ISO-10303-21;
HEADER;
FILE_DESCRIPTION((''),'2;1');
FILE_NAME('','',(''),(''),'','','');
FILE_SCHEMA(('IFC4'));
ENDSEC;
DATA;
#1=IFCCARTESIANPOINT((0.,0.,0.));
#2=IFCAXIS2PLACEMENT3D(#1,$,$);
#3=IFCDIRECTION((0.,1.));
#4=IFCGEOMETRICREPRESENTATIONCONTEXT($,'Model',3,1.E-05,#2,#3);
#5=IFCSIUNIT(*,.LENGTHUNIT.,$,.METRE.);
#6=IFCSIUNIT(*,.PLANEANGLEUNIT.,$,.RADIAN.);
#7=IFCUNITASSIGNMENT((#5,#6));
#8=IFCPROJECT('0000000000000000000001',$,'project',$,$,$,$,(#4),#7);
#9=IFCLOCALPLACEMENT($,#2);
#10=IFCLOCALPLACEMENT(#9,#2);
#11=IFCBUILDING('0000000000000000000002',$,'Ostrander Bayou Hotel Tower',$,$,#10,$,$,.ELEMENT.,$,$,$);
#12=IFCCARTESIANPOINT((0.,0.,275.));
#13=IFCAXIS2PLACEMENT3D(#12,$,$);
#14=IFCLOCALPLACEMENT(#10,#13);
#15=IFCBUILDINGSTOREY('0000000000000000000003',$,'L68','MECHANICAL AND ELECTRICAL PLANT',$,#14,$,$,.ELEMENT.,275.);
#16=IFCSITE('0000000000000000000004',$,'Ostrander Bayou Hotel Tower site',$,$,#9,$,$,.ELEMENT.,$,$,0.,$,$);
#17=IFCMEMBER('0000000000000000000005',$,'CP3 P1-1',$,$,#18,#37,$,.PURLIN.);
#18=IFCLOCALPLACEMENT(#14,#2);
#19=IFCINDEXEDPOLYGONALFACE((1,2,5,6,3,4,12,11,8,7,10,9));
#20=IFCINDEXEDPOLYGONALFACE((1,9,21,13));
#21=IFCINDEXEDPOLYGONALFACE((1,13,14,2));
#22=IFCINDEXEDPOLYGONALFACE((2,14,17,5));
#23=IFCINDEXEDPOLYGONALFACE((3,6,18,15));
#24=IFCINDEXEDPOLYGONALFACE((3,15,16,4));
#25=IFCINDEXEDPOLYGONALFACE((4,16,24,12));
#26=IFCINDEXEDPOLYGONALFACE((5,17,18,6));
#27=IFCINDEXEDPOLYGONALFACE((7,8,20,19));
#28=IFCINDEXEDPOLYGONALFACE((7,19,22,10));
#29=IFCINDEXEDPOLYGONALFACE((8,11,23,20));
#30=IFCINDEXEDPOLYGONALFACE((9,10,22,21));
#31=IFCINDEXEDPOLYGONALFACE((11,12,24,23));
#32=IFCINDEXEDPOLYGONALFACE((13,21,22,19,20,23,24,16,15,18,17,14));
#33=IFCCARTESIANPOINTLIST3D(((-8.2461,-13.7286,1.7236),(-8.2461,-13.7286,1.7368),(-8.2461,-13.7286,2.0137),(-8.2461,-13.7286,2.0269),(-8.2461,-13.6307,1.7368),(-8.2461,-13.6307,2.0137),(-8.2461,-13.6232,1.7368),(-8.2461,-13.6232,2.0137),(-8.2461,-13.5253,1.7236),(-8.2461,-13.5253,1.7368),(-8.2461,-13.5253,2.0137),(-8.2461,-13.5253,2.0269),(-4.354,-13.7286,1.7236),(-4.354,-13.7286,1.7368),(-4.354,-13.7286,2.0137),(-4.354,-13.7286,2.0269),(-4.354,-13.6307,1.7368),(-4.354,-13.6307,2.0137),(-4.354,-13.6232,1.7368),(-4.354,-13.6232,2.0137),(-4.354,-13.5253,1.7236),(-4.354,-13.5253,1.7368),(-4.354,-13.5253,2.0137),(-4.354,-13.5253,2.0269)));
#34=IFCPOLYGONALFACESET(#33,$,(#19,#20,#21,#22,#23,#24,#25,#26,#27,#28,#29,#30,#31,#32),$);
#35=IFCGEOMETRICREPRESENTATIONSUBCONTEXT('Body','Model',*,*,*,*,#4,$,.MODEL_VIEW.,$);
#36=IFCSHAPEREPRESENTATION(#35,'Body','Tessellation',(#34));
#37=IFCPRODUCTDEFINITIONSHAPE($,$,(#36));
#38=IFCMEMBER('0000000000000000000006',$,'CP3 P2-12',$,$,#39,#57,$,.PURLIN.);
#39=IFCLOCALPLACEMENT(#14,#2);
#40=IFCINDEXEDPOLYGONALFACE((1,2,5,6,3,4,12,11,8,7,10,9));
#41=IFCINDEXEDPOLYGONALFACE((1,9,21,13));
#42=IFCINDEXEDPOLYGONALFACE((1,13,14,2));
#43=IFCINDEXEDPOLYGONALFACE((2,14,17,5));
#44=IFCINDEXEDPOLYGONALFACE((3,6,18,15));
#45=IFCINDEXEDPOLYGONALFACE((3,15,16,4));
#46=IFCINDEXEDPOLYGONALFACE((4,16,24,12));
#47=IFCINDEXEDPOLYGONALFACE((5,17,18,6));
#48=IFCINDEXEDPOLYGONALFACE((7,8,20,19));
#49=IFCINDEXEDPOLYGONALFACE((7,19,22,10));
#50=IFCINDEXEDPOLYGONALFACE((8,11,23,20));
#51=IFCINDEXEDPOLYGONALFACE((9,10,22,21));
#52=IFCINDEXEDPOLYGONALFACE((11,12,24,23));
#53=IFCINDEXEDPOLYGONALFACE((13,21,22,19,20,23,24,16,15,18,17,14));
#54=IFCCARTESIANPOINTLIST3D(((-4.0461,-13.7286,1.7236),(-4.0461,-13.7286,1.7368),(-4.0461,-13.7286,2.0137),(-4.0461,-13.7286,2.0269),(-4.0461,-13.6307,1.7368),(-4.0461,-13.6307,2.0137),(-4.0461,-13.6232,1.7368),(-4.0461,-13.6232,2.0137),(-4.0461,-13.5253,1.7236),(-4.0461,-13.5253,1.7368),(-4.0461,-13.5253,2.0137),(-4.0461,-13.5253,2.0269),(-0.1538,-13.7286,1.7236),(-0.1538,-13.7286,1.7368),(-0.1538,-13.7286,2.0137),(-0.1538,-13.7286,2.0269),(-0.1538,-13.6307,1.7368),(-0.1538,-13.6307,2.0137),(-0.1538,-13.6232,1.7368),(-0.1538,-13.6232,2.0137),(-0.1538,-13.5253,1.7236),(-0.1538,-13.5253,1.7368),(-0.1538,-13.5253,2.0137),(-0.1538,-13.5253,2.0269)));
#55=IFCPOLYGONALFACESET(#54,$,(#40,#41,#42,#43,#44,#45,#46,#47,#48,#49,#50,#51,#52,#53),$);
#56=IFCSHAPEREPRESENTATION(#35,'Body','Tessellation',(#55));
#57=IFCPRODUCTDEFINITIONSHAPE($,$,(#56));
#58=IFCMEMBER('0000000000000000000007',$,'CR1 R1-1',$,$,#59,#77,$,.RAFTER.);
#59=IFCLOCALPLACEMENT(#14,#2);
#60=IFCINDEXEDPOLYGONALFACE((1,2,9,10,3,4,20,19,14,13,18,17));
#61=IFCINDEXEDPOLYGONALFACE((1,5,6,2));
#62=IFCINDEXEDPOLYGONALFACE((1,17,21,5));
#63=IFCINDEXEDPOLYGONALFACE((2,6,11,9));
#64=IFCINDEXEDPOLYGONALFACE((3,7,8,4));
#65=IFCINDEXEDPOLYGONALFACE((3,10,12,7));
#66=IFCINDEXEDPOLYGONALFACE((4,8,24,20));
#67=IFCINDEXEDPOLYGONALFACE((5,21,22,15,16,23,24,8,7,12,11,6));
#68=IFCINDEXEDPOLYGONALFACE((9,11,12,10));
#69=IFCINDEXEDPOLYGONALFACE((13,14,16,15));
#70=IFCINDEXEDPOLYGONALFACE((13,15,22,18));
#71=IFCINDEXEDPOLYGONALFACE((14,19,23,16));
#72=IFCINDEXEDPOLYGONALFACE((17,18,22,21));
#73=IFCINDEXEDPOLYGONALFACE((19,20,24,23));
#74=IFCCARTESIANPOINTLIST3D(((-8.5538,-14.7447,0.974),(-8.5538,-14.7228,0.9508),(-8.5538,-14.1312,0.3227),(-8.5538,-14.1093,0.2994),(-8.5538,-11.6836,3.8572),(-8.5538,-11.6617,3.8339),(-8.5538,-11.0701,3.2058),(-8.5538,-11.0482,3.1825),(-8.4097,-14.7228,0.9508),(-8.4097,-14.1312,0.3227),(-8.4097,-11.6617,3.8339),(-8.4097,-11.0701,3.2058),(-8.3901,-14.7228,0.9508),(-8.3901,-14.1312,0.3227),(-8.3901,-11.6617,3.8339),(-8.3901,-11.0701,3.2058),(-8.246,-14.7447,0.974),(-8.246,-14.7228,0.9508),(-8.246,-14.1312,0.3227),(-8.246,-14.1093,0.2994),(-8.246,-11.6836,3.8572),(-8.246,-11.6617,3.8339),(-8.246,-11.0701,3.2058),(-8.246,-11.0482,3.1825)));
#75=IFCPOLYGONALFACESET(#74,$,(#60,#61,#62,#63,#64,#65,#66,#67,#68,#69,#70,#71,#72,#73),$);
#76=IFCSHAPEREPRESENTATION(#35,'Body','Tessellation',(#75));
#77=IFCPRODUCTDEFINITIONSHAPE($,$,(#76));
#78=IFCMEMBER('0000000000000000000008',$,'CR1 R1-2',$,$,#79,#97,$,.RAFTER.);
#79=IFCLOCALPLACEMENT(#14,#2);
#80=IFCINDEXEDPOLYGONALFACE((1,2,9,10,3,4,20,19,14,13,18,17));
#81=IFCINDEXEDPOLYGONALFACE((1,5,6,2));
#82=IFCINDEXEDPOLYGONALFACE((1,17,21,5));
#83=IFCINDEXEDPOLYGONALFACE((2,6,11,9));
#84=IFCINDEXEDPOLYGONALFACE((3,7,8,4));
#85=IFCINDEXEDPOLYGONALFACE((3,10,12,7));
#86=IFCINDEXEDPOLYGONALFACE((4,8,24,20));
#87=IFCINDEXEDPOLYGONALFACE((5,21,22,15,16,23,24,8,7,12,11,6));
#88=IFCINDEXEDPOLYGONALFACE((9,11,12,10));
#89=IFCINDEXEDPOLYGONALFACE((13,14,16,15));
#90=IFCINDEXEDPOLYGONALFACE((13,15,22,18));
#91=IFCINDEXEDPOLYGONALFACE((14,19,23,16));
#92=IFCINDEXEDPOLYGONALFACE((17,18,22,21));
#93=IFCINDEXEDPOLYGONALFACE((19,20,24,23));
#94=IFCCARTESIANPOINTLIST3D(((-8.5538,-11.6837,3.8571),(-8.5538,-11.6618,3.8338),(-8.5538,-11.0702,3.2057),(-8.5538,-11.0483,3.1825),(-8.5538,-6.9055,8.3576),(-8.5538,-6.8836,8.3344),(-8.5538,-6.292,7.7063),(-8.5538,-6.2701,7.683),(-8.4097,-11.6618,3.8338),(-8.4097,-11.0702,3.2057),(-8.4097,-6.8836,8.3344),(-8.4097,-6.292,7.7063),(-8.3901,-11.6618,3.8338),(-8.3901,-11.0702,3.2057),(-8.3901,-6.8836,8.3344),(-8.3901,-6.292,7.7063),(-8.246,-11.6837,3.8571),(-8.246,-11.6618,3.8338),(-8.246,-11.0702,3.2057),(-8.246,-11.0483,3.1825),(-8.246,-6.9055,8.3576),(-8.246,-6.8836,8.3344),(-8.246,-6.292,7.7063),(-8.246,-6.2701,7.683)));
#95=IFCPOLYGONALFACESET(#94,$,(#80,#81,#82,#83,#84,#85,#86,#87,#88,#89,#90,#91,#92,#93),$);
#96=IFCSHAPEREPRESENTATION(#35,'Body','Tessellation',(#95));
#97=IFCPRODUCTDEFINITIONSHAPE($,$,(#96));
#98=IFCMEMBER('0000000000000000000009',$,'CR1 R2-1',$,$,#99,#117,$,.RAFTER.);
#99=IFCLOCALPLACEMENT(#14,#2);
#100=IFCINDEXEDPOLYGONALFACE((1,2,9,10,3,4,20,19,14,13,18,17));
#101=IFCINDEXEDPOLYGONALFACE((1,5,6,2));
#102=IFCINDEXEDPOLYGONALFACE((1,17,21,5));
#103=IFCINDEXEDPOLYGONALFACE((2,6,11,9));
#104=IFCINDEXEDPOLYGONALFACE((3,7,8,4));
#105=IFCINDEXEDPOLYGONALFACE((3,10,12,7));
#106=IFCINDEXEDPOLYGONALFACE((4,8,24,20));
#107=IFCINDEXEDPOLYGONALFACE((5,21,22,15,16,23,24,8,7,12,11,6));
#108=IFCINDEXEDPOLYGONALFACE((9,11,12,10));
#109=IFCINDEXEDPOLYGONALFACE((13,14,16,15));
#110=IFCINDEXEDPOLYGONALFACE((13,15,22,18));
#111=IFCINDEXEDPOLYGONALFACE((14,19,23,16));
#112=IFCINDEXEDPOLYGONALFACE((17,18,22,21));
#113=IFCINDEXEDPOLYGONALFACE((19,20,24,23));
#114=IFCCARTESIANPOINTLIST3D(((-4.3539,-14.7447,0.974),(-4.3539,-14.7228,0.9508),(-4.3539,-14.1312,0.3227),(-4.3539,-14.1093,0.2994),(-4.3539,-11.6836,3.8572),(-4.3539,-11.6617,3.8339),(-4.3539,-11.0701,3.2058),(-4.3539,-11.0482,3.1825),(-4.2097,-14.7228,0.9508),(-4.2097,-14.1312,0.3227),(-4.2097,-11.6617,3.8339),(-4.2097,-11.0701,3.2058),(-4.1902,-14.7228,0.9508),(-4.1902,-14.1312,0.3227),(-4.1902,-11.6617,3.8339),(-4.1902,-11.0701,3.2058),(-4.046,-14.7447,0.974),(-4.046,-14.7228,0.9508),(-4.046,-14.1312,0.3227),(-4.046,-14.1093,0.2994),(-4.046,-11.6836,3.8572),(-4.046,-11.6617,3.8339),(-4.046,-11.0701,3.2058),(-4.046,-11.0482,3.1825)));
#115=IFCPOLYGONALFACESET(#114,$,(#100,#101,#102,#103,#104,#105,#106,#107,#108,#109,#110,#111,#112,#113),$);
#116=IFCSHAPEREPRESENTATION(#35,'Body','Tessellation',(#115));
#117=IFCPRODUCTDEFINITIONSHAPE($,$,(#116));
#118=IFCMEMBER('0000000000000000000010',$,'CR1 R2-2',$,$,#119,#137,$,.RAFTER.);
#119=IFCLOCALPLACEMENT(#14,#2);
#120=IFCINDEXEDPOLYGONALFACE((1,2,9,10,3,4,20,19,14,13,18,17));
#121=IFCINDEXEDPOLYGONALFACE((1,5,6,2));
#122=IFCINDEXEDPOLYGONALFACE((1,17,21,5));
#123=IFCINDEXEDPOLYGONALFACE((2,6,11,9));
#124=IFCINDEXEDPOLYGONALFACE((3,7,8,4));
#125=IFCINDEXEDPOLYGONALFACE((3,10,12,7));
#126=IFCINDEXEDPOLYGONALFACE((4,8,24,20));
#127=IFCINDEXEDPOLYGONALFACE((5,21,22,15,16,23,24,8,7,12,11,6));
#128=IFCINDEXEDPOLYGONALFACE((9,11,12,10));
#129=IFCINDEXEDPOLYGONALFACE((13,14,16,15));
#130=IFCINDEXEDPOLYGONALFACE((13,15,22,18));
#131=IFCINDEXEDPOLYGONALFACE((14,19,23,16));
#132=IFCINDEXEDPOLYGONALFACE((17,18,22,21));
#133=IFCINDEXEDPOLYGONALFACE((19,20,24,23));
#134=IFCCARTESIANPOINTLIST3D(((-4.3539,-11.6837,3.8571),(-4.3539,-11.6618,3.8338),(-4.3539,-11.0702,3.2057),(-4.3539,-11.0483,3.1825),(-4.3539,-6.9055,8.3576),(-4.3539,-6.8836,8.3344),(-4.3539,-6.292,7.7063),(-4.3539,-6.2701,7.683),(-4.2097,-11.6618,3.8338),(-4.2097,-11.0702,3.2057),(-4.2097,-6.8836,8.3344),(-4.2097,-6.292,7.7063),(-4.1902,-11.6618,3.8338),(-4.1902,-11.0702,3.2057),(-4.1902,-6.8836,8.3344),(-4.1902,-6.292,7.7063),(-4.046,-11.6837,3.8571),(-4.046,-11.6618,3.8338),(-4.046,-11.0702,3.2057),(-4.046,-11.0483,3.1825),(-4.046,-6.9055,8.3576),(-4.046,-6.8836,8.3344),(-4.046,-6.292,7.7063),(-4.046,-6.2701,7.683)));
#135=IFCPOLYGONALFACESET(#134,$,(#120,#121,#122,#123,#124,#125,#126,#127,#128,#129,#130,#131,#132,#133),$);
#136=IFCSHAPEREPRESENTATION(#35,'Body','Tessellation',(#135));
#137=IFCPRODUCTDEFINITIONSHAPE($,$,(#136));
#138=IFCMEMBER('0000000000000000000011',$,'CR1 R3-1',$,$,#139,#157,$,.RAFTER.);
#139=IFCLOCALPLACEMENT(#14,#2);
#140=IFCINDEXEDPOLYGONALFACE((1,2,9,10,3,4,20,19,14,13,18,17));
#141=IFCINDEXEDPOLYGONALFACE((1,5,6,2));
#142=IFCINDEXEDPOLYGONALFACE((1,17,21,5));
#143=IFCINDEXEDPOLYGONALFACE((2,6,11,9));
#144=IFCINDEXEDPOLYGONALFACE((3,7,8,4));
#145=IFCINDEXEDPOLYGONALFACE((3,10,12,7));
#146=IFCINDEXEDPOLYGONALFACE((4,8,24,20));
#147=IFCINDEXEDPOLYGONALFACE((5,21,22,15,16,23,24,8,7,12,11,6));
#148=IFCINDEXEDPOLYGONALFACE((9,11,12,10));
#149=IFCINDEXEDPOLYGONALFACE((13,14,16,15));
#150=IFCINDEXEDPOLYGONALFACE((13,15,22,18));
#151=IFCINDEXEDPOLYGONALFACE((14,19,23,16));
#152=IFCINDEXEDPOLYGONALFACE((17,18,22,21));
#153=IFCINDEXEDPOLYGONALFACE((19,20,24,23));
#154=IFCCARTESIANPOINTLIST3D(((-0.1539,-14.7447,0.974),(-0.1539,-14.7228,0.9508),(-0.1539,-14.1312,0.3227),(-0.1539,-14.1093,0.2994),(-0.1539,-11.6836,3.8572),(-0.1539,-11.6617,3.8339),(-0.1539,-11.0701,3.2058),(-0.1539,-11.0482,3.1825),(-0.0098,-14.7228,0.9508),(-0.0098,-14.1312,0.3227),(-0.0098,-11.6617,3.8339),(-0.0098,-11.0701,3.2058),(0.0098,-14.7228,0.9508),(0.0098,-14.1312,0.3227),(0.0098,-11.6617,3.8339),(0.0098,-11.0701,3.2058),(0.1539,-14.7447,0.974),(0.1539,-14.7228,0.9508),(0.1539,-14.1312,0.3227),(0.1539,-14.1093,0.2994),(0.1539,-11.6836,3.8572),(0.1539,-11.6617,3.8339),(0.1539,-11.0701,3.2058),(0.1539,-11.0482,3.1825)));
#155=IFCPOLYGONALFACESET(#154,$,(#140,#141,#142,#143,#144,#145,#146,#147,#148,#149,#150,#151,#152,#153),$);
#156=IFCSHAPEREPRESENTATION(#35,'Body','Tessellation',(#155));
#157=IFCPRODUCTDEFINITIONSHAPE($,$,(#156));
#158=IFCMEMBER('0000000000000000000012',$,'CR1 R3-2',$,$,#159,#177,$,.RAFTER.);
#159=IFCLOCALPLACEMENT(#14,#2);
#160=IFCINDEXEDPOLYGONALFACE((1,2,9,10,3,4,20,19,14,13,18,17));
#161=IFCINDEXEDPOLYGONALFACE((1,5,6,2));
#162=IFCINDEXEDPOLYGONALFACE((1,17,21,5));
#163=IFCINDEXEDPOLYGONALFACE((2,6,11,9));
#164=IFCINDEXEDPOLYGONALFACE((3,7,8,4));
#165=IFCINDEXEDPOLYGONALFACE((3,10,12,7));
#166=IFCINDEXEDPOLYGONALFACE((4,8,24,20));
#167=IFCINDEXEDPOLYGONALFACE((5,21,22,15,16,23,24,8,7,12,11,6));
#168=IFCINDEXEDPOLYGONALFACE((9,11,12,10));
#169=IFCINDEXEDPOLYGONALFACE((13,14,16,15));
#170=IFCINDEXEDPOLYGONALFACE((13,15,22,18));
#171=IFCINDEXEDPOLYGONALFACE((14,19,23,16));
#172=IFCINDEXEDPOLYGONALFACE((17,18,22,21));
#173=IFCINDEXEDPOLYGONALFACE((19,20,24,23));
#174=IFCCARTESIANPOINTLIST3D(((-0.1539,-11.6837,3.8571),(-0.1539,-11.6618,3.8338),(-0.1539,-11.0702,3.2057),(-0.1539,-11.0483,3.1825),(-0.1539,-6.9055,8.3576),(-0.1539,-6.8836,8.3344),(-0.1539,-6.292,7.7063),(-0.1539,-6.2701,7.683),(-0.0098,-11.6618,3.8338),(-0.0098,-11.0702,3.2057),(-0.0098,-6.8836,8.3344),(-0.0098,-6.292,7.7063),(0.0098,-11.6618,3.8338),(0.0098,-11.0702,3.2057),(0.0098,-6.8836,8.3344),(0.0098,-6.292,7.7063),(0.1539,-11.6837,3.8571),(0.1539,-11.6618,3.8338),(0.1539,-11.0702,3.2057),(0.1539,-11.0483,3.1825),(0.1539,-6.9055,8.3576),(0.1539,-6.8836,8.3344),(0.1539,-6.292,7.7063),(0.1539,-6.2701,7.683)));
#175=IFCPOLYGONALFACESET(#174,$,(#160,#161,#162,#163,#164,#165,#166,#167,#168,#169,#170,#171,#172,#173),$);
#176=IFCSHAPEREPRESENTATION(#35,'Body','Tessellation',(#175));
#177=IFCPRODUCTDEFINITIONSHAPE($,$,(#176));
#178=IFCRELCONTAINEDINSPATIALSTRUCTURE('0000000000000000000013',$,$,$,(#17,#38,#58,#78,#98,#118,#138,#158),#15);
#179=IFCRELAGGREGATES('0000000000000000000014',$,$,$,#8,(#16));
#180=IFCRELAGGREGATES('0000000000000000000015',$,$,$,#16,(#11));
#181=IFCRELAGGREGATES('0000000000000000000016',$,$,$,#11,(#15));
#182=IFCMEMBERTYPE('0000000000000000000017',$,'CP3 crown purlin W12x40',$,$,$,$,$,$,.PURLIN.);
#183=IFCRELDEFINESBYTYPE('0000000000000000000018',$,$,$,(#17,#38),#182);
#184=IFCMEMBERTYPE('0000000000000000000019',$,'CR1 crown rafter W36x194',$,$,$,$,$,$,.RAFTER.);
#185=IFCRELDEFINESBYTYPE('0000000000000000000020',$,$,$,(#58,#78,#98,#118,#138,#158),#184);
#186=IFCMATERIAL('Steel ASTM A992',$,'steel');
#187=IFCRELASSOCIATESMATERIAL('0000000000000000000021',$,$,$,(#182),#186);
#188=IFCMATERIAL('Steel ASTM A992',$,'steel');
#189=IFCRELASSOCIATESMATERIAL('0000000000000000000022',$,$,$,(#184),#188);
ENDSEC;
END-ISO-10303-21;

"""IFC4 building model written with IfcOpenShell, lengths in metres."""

from ifc_helpers import new_model, si_unit, direction, frame, origin, origin_2d, place, context, subcontext, project, spatial, i_section, extrude, material, material_profile, profile_set, type_object, element, save


model = new_model("IFC4")

# Units and contexts
model_context = context("Model", 3, precision=1e-05, world=origin(), true_north=direction((0.0, 1.0)))
body_context = subcontext(model_context, "Body", "Model", "MODEL_VIEW")
ifc_project = project(units=[si_unit("LENGTHUNIT", "METRE"), si_unit("PLANEANGLEUNIT", "RADIAN")], contexts=[model_context])

# Site, building, storey
site_placement = place(None, origin())
site = spatial("IfcSite", under=ifc_project, at=site_placement, Name="Ostrander Bayou Hotel Tower site", CompositionType="ELEMENT", RefElevation=0.0)
building_placement = place(site_placement, origin())
building = spatial("IfcBuilding", under=site, at=building_placement, Name="Ostrander Bayou Hotel Tower", CompositionType="ELEMENT")
storey_placement = place(building_placement, frame((0.0, 0.0, 275.0)))
storey = spatial("IfcBuildingStorey", under=building, at=storey_placement, Name="L68", Description="MECHANICAL AND ELECTRICAL PLANT", CompositionType="ELEMENT", Elevation=275.0)

# Members
ifc_material_1 = material(Name="Steel ASTM A992", Category="steel")
ifc_material_profile_1 = material_profile(ifc_material_1, i_section(OverallWidth=0.2034, OverallDepth=0.3032, WebThickness=0.0076, FlangeThickness=0.0132, at=origin_2d()))
ifc_profile_set_1 = profile_set([ifc_material_profile_1], Name="Steel ASTM A992")
member_type_1 = type_object("IfcMemberType", Name="CP3 crown purlin W12x40", PredefinedType="PURLIN", material=ifc_profile_set_1)
member_1_placement = place(storey_placement, frame((-8.2461, -13.627, 1.8752), z_axis=(1.0, 0.0, 0.0), x_axis=(0.0, 1.0, 0.0)))
element("IfcMember", 1, at=member_1_placement, inside=storey, type_object=member_type_1, Name="CP3 P1-1", PredefinedType="PURLIN", context=body_context, shape_type="SweptSolid", body=[
    extrude(i_section(OverallWidth=0.2034, OverallDepth=0.3032, WebThickness=0.0076, FlangeThickness=0.0132, at=origin_2d()), origin(), (0.0, 0.0, 1.0), 3.8921),
])
member_2_placement = place(storey_placement, frame((-4.0461, -13.627, 1.8752), z_axis=(1.0, 0.0, 0.0), x_axis=(0.0, 1.0, 0.0)))
element("IfcMember", 2, at=member_2_placement, inside=storey, type_object=member_type_1, Name="CP3 P2-12", PredefinedType="PURLIN", context=body_context, shape_type="SweptSolid", body=[
    extrude(i_section(OverallWidth=0.2034, OverallDepth=0.3032, WebThickness=0.0076, FlangeThickness=0.0132, at=origin_2d()), origin(), (0.0, 0.0, 1.0), 3.8923),
])
ifc_material_2 = material(Name="Steel ASTM A992", Category="steel")
ifc_material_profile_2 = material_profile(ifc_material_2, i_section(OverallWidth=0.3079, OverallDepth=0.9268, WebThickness=0.0195, FlangeThickness=0.032, at=origin_2d()))
ifc_profile_set_2 = profile_set([ifc_material_profile_2], Name="Steel ASTM A992")
member_type_2 = type_object("IfcMemberType", Name="CR1 crown rafter W36x194", PredefinedType="RAFTER", material=ifc_profile_set_2)
member_3_placement = place(storey_placement, frame((-8.3999, -14.427, 0.6367), z_axis=(0.0, 0.727953, 0.685627), x_axis=(-1.0, 0.0, 0.0)))
element("IfcMember", 3, at=member_3_placement, inside=storey, type_object=member_type_2, Name="CR1 R1-1", PredefinedType="RAFTER", context=body_context, shape_type="SweptSolid", body=[
    extrude(i_section(OverallWidth=0.3079, OverallDepth=0.9268, WebThickness=0.0195, FlangeThickness=0.032, at=origin_2d()), origin(), (0.0, 0.0, 1.0), 4.2051),
])
member_4_placement = place(storey_placement, frame((-8.3999, -11.366, 3.5198), z_axis=(0.0, 0.727936, 0.685645), x_axis=(-1.0, 0.0, 0.0)))
element("IfcMember", 4, at=member_4_placement, inside=storey, type_object=member_type_2, Name="CR1 R1-2", PredefinedType="RAFTER", context=body_context, shape_type="SweptSolid", body=[
    extrude(i_section(OverallWidth=0.3079, OverallDepth=0.9268, WebThickness=0.0195, FlangeThickness=0.032, at=origin_2d()), origin(), (0.0, 0.0, 1.0), 6.564),
])
member_5_placement = place(storey_placement, frame((-4.2, -14.427, 0.6367), z_axis=(0.0, 0.727953, 0.685627), x_axis=(-1.0, 0.0, 0.0)))
element("IfcMember", 5, at=member_5_placement, inside=storey, type_object=member_type_2, Name="CR1 R2-1", PredefinedType="RAFTER", context=body_context, shape_type="SweptSolid", body=[
    extrude(i_section(OverallWidth=0.3079, OverallDepth=0.9268, WebThickness=0.0195, FlangeThickness=0.032, at=origin_2d()), origin(), (0.0, 0.0, 1.0), 4.2051),
])
member_6_placement = place(storey_placement, frame((-4.2, -11.366, 3.5198), z_axis=(0.0, 0.727936, 0.685645), x_axis=(-1.0, 0.0, 0.0)))
element("IfcMember", 6, at=member_6_placement, inside=storey, type_object=member_type_2, Name="CR1 R2-2", PredefinedType="RAFTER", context=body_context, shape_type="SweptSolid", body=[
    extrude(i_section(OverallWidth=0.3079, OverallDepth=0.9268, WebThickness=0.0195, FlangeThickness=0.032, at=origin_2d()), origin(), (0.0, 0.0, 1.0), 6.564),
])
member_7_placement = place(storey_placement, frame((0.0, -14.427, 0.6367), z_axis=(0.0, 0.727953, 0.685627), x_axis=(-1.0, 0.0, 0.0)))
element("IfcMember", 7, at=member_7_placement, inside=storey, type_object=member_type_2, Name="CR1 R3-1", PredefinedType="RAFTER", context=body_context, shape_type="SweptSolid", body=[
    extrude(i_section(OverallWidth=0.3079, OverallDepth=0.9268, WebThickness=0.0195, FlangeThickness=0.032, at=origin_2d()), origin(), (0.0, 0.0, 1.0), 4.2051),
])
member_8_placement = place(storey_placement, frame((0.0, -11.366, 3.5198), z_axis=(0.0, 0.727936, 0.685645), x_axis=(-1.0, 0.0, 0.0)))
element("IfcMember", 8, at=member_8_placement, inside=storey, type_object=member_type_2, Name="CR1 R3-2", PredefinedType="RAFTER", context=body_context, shape_type="SweptSolid", body=[
    extrude(i_section(OverallWidth=0.3079, OverallDepth=0.9268, WebThickness=0.0195, FlangeThickness=0.032, at=origin_2d()), origin(), (0.0, 0.0, 1.0), 6.564),
])

save(model, "model.ifc")
